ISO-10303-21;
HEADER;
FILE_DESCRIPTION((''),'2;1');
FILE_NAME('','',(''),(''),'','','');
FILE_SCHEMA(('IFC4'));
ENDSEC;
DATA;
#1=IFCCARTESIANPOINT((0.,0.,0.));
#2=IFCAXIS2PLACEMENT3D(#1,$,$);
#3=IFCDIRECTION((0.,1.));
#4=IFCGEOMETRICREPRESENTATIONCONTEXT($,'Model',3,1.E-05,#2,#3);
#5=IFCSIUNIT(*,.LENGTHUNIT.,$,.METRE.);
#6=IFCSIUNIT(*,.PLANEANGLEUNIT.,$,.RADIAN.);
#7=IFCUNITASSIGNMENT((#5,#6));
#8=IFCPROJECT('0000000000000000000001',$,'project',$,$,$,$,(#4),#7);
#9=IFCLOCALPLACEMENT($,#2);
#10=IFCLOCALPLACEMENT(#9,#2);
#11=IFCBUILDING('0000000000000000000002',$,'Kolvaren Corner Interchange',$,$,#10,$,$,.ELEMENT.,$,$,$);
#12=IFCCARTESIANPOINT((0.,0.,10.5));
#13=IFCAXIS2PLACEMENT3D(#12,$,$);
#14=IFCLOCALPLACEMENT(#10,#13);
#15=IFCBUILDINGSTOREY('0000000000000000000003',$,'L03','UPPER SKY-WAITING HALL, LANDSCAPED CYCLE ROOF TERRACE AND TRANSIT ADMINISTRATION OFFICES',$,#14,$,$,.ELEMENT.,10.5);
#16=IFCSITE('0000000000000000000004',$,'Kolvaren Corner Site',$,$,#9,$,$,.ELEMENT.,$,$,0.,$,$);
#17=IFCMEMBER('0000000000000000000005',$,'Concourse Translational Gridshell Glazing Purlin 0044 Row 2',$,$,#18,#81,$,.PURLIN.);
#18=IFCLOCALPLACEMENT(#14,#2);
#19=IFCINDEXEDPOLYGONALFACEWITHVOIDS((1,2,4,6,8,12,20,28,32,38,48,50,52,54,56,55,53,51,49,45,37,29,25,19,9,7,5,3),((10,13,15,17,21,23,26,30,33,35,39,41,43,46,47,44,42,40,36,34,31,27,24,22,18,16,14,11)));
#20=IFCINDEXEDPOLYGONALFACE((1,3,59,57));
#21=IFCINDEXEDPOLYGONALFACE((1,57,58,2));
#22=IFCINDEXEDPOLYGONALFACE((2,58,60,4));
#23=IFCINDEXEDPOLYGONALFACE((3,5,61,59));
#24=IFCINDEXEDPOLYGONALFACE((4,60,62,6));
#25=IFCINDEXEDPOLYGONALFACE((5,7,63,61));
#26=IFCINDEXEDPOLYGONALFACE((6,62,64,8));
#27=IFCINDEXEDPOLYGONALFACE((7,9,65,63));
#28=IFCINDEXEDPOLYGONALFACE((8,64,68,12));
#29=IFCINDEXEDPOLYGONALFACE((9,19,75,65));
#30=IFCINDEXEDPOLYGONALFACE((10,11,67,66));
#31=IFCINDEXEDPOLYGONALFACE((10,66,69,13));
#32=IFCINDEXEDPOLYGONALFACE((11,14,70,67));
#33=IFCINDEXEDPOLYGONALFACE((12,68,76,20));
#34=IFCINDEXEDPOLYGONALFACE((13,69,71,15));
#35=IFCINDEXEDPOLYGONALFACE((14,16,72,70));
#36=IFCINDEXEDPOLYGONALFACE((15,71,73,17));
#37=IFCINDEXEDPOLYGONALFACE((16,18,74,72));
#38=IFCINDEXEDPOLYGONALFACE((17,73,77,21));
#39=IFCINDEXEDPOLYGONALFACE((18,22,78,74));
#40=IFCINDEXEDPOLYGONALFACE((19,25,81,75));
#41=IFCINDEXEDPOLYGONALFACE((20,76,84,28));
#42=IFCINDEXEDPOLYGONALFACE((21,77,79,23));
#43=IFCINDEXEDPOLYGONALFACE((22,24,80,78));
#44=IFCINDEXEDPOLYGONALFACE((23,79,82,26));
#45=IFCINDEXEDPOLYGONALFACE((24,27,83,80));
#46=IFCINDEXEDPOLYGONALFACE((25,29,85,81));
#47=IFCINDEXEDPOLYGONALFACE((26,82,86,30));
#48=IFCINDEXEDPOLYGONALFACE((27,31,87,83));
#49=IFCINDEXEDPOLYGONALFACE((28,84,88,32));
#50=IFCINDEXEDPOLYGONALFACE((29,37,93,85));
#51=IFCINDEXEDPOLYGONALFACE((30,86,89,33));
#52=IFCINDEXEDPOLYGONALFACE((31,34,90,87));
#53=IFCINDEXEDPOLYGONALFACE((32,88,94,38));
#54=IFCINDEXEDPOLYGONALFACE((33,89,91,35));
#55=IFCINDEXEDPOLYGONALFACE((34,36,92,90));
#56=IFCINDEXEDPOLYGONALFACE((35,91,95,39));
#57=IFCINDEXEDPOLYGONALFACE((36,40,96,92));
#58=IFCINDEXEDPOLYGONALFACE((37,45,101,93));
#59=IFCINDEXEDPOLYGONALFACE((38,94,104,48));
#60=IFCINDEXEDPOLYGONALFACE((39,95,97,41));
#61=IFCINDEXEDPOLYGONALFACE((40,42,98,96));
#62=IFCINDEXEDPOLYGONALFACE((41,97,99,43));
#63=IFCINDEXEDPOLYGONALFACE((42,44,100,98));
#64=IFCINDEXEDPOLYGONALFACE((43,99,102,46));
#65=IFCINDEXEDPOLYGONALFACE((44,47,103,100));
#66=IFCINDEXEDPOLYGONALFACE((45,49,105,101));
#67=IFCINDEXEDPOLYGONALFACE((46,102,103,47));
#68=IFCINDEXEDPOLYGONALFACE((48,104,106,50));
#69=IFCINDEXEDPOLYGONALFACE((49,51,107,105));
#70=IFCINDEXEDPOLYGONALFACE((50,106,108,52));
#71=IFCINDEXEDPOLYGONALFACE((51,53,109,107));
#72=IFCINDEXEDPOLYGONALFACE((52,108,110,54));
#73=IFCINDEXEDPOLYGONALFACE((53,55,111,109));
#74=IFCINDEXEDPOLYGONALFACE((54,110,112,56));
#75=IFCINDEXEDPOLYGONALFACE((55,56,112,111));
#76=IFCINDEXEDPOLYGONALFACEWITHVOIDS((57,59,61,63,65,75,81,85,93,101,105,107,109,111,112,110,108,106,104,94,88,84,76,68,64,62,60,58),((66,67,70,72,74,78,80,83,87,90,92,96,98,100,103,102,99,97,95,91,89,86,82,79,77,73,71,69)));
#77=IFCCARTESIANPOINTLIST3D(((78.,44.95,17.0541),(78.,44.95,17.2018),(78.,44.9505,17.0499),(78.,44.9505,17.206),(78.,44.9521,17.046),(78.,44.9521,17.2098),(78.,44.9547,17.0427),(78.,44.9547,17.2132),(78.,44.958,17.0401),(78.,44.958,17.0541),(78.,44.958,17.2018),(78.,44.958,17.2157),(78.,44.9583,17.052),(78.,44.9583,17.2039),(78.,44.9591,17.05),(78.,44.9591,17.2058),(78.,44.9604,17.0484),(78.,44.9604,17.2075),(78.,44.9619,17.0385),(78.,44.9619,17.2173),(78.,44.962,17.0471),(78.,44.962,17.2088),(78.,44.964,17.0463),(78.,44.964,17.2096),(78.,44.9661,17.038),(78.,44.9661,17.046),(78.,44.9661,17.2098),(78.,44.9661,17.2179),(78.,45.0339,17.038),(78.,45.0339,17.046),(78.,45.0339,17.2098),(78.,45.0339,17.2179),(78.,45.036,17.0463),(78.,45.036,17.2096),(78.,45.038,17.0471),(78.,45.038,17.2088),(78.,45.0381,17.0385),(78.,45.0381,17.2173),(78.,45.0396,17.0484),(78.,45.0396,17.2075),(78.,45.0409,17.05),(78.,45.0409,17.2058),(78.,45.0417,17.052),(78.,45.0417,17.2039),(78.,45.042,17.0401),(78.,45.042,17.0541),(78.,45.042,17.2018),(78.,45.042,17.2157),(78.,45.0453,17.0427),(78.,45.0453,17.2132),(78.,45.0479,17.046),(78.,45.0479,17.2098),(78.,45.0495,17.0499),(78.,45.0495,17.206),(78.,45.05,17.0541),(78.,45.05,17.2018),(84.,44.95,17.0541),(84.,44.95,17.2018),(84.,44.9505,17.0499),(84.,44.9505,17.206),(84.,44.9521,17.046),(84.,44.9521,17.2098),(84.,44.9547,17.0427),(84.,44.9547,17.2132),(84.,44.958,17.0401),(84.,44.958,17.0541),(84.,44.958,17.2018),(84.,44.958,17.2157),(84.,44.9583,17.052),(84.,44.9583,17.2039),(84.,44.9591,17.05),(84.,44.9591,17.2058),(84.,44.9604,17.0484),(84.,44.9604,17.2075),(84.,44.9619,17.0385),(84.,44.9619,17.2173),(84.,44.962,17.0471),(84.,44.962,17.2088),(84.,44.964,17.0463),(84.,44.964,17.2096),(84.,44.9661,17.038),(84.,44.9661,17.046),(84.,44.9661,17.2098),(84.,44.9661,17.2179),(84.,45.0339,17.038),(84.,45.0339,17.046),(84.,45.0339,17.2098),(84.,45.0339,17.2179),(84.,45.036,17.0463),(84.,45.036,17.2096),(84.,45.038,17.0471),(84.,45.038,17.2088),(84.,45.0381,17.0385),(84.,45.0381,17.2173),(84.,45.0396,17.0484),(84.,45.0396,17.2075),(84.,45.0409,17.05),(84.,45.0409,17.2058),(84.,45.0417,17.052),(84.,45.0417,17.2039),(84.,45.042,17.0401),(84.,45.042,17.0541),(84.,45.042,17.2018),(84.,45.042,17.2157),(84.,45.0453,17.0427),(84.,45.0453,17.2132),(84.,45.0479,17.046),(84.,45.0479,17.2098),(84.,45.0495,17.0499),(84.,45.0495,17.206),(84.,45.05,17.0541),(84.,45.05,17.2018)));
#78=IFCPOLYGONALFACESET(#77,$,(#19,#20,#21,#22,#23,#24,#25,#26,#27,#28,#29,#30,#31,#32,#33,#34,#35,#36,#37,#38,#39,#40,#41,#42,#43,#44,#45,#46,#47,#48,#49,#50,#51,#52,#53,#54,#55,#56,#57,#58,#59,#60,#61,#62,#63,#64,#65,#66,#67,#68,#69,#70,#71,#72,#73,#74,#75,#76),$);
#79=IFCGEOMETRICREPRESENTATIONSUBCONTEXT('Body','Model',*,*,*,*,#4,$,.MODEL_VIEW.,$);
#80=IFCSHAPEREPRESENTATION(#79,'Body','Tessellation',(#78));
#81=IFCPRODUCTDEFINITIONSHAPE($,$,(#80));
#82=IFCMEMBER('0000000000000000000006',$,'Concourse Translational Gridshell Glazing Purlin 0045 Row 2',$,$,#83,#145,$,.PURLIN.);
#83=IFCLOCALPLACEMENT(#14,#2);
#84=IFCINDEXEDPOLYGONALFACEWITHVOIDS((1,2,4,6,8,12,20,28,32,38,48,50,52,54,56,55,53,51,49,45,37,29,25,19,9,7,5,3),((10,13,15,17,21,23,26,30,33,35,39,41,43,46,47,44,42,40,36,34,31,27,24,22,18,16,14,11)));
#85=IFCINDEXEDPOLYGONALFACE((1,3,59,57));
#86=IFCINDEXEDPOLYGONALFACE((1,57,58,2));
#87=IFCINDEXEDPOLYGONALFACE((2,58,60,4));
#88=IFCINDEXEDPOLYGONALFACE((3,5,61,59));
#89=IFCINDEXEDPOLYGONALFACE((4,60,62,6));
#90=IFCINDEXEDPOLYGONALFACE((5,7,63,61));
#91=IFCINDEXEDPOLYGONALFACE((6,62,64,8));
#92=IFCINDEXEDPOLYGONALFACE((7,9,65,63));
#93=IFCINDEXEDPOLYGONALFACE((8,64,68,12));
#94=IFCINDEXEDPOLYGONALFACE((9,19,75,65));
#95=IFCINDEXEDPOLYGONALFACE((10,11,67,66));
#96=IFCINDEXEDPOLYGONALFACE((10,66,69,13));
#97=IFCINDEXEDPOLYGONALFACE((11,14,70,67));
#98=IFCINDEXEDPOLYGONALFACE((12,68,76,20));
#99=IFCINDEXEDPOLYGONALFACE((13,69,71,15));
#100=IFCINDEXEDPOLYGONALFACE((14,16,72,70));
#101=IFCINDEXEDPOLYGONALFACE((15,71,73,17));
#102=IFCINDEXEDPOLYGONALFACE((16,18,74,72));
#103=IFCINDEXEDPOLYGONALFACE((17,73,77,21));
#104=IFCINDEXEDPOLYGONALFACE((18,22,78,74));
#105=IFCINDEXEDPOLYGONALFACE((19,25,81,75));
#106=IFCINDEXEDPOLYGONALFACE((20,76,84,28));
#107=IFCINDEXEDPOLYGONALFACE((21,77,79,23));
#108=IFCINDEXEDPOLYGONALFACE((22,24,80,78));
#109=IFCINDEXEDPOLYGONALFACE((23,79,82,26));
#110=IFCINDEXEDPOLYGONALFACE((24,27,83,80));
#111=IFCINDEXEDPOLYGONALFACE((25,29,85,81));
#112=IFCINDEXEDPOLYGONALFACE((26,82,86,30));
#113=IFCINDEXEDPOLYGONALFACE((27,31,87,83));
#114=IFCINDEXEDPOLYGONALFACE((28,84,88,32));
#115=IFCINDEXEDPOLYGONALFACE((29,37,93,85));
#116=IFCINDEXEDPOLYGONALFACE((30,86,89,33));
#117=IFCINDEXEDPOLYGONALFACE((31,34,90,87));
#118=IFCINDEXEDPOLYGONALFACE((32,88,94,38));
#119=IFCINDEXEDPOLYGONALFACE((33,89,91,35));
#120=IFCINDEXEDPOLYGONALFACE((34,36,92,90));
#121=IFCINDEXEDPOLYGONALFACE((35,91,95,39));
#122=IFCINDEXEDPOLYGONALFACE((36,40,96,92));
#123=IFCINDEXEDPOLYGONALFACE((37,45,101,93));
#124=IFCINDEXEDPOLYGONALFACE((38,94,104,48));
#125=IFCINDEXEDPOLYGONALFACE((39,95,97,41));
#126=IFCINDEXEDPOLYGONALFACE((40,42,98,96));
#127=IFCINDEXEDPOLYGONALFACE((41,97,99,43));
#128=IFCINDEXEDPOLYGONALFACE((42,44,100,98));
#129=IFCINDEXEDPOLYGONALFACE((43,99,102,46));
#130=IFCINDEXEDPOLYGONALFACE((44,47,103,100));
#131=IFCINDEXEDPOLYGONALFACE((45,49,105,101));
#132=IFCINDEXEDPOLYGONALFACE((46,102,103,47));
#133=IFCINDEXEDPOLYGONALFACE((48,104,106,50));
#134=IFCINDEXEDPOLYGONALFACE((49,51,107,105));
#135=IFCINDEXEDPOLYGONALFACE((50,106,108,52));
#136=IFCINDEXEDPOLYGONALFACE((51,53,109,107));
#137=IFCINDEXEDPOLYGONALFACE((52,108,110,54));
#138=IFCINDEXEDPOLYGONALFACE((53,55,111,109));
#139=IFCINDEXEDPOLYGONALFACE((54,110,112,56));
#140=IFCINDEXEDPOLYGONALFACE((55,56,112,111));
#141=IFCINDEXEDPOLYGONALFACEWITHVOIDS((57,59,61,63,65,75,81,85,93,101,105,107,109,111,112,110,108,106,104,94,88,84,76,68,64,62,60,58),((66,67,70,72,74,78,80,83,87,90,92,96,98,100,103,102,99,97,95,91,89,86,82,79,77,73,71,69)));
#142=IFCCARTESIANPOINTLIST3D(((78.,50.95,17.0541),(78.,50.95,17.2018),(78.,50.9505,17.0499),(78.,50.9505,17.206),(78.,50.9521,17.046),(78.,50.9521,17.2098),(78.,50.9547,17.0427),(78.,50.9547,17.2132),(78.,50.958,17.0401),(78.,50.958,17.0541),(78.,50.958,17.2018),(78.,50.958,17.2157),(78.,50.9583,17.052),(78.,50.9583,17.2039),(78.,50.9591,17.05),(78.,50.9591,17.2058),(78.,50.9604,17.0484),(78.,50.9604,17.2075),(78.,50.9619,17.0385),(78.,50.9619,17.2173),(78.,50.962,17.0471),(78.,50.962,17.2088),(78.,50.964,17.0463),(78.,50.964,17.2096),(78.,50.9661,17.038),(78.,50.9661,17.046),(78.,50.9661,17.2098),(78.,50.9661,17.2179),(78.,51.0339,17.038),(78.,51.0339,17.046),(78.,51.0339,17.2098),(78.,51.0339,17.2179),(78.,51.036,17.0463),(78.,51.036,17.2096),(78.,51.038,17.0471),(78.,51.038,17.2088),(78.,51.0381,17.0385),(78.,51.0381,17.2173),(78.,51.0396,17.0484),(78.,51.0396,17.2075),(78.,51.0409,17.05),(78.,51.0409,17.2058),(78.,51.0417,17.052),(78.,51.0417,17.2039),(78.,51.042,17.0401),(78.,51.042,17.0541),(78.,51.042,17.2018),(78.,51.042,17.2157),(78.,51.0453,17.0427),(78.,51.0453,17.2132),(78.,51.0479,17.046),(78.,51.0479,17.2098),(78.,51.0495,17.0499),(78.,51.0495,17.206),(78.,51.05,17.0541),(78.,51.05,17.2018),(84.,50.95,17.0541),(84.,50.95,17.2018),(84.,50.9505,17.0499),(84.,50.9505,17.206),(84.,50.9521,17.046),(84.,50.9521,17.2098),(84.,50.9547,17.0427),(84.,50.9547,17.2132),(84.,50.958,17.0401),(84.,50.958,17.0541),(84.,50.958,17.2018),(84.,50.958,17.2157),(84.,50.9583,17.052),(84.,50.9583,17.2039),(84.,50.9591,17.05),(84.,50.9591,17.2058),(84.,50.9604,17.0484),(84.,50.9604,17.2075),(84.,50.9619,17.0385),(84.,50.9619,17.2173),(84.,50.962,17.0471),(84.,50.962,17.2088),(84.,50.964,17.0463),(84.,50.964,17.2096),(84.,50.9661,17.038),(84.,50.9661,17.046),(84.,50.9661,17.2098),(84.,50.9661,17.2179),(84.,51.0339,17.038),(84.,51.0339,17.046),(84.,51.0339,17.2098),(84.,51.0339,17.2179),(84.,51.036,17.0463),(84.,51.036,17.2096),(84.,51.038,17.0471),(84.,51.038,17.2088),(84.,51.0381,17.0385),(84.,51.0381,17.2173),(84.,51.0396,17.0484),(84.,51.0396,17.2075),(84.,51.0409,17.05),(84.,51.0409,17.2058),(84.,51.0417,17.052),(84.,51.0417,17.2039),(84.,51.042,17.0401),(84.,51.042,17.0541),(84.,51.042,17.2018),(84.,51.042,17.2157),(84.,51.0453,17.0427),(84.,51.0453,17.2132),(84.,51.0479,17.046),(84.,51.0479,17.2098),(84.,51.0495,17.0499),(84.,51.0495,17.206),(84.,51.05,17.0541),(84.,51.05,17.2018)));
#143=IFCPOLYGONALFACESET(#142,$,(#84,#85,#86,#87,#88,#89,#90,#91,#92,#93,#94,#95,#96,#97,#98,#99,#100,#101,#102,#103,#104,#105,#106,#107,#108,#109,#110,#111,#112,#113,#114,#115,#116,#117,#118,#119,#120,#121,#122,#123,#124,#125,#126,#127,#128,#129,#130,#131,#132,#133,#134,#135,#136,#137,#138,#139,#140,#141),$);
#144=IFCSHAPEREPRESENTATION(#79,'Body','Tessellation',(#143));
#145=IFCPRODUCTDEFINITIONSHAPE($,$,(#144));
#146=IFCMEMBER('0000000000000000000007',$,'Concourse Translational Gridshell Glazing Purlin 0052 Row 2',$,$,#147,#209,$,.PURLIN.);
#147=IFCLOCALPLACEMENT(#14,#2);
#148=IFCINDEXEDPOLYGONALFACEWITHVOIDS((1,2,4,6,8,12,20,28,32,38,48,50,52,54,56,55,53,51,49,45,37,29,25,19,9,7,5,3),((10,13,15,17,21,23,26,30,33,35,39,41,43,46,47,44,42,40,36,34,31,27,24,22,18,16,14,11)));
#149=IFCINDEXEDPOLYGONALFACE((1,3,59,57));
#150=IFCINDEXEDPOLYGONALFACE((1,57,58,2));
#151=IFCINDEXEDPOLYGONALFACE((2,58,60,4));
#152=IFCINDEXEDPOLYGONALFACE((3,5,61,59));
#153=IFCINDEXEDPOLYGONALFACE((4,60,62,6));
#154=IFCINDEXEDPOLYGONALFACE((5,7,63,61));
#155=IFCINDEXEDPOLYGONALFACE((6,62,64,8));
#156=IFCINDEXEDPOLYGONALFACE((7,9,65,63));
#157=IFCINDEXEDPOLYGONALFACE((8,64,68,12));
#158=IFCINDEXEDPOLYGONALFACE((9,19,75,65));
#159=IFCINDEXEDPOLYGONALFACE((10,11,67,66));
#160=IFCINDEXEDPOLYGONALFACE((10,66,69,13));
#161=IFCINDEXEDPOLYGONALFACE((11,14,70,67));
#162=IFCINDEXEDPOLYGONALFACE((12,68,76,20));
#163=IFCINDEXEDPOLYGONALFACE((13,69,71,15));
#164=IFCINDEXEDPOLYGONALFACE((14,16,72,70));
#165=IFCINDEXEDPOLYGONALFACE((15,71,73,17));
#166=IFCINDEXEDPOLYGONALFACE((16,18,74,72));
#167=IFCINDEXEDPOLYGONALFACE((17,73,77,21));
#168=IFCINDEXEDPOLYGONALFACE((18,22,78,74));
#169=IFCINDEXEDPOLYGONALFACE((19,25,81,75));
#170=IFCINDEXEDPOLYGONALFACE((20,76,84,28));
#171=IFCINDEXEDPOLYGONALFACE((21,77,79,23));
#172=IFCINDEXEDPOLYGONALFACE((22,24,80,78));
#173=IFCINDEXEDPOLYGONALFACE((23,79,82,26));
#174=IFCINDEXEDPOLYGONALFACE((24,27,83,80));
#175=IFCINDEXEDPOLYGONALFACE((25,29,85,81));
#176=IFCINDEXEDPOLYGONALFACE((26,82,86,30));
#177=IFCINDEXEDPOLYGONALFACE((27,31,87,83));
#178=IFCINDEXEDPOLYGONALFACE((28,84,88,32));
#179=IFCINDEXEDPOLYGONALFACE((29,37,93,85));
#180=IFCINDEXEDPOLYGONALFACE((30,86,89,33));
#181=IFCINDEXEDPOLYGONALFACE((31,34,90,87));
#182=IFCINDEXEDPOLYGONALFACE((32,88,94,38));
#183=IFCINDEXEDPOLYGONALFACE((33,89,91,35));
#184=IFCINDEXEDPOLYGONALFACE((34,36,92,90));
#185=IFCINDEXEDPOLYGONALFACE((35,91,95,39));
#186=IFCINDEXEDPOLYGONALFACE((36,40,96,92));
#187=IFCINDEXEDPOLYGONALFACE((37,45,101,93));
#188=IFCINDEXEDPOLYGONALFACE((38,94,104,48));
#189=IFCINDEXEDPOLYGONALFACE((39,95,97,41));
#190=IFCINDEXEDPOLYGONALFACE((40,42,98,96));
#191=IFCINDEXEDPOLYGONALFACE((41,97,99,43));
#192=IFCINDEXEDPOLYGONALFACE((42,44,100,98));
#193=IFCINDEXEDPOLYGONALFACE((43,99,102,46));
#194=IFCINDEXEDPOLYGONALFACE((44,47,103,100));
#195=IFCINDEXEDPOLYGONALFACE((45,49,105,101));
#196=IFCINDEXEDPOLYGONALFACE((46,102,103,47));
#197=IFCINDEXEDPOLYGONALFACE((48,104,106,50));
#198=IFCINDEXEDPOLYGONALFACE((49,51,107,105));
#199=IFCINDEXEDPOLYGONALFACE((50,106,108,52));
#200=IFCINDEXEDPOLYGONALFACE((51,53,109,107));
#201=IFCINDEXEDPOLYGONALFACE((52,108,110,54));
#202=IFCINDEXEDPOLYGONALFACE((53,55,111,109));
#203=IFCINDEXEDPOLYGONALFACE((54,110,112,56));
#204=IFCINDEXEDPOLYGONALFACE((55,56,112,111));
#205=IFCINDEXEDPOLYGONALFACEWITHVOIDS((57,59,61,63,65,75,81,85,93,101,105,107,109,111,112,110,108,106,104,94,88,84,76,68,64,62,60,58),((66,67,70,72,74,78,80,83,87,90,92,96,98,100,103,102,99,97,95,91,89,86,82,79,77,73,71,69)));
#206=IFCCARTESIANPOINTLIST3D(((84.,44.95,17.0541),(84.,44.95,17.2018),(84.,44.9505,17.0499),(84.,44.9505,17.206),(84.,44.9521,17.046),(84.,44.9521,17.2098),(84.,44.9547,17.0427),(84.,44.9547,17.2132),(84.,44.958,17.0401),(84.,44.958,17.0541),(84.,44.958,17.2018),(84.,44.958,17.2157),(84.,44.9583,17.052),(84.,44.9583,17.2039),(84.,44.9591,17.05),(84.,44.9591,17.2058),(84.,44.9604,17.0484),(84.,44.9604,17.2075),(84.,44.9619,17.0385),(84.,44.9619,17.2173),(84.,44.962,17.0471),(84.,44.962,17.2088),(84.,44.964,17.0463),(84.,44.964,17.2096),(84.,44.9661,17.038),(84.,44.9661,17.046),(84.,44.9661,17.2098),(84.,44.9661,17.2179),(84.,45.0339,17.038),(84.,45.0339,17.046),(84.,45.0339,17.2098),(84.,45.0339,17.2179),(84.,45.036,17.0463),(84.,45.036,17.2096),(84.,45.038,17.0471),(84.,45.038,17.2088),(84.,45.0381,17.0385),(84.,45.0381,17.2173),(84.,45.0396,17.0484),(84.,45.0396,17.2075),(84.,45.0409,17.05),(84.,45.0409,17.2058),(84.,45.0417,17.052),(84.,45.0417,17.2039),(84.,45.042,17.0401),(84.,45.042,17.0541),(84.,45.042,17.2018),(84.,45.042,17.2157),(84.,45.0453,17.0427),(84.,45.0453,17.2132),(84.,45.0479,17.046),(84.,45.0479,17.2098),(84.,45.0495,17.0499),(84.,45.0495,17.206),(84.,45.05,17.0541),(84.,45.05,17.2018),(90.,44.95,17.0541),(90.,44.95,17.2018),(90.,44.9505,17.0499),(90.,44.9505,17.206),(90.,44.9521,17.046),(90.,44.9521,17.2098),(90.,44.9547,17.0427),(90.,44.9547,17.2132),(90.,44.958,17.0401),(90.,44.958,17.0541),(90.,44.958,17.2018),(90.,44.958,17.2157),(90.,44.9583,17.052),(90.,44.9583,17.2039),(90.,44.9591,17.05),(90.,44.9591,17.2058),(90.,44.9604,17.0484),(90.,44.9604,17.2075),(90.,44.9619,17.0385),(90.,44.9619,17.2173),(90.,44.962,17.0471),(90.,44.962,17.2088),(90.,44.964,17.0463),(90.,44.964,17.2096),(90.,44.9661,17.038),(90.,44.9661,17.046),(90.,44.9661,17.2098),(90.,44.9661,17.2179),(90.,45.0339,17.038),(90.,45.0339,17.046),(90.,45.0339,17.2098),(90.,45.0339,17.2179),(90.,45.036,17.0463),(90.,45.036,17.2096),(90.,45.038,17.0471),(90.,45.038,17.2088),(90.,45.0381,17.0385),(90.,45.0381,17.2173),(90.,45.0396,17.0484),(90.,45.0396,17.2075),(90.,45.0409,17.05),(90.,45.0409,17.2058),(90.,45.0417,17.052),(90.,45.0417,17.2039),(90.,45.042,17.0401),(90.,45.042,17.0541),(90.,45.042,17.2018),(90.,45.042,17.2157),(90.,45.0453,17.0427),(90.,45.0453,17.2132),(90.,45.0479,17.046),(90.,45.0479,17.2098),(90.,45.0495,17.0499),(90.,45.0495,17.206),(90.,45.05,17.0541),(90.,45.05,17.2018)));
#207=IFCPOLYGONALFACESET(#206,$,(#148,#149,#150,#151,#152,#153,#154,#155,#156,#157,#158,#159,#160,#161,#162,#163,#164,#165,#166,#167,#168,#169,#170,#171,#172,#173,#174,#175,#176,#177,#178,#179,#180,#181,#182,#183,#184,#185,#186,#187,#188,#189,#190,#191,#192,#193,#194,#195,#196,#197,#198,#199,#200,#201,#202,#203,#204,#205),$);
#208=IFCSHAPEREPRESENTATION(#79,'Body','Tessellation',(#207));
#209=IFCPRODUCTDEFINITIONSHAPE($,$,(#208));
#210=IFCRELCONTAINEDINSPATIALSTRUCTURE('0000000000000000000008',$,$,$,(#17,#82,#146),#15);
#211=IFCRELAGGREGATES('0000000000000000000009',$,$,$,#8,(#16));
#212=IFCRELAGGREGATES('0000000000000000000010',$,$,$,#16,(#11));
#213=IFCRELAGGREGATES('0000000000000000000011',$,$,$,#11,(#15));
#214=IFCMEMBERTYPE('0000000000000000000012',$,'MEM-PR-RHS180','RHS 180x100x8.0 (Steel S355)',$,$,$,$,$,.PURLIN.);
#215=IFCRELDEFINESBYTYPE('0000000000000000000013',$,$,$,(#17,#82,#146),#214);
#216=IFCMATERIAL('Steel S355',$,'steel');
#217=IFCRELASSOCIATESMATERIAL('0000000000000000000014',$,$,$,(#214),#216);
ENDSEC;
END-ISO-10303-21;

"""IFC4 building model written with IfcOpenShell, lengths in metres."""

from ifc_helpers import new_model, si_unit, direction, frame, origin, origin_2d, place, context, subcontext, project, spatial, hollow_rectangle, extrude, material, material_profile, profile_set, type_object, element, save


model = new_model("IFC4")

# Units and contexts
model_context = context("Model", 3, precision=1e-05, world=origin(), true_north=direction((0.0, 1.0)))
body_context = subcontext(model_context, "Body", "Model", "MODEL_VIEW")
ifc_project = project(units=[si_unit("LENGTHUNIT", "METRE"), si_unit("PLANEANGLEUNIT", "RADIAN")], contexts=[model_context])

# Site, building, storey
site_placement = place(None, origin())
site = spatial("IfcSite", under=ifc_project, at=site_placement, Name="Kolvaren Corner Site", CompositionType="ELEMENT", RefElevation=0.0)
building_placement = place(site_placement, origin())
building = spatial("IfcBuilding", under=site, at=building_placement, Name="Kolvaren Corner Interchange", CompositionType="ELEMENT")
storey_placement = place(building_placement, frame((0.0, 0.0, 10.5)))
storey = spatial("IfcBuildingStorey", under=building, at=storey_placement, Name="L03", Description="UPPER SKY-WAITING HALL, LANDSCAPED CYCLE ROOF TERRACE AND TRANSIT ADMINISTRATION OFFICES", CompositionType="ELEMENT", Elevation=10.5)

# Members
ifc_material_1 = material(Name="Steel S355", Category="steel")
ifc_material_profile_1 = material_profile(ifc_material_1, hollow_rectangle(XDim=0.1001, YDim=0.1799, WallThickness=0.0081, InnerFilletRadius=0.0081, OuterFilletRadius=0.0161, at=origin_2d()), Name="RHS 180x100x8.0")
ifc_profile_set_1 = profile_set([ifc_material_profile_1], Name="Steel S355")
member_type_1 = type_object("IfcMemberType", Name="MEM-PR-RHS180", Description="RHS 180x100x8.0 (Steel S355)", PredefinedType="PURLIN", material=ifc_profile_set_1)
for number, where, z_axis, x_axis, name in (
    (1, (78.0, 45.0, 17.1279), (1.0, 0.0, 0.0), (0.0, 1.0, 0.0), "Concourse Translational Gridshell Glazing Purlin 0044 Row 2"),
    (2, (78.0, 51.0, 17.1279), (1.0, 0.0, 0.0), (0.0, 1.0, 0.0), "Concourse Translational Gridshell Glazing Purlin 0045 Row 2"),
    (3, (84.0, 45.0, 17.1279), (1.0, 0.0, 0.0), (0.0, 1.0, 0.0), "Concourse Translational Gridshell Glazing Purlin 0052 Row 2"),
):
    element("IfcMember", number, at=place(storey_placement, frame(where, z_axis=z_axis, x_axis=x_axis)), inside=storey, type_object=member_type_1, Name=name, PredefinedType="PURLIN", context=body_context, shape_type="SweptSolid", body=[
        extrude(hollow_rectangle(XDim=0.1001, YDim=0.1799, WallThickness=0.0081, InnerFilletRadius=0.0081, OuterFilletRadius=0.0161, at=origin_2d()), origin(), (0.0, 0.0, 1.0), 6.0),
    ])

save(model, "model.ifc")
